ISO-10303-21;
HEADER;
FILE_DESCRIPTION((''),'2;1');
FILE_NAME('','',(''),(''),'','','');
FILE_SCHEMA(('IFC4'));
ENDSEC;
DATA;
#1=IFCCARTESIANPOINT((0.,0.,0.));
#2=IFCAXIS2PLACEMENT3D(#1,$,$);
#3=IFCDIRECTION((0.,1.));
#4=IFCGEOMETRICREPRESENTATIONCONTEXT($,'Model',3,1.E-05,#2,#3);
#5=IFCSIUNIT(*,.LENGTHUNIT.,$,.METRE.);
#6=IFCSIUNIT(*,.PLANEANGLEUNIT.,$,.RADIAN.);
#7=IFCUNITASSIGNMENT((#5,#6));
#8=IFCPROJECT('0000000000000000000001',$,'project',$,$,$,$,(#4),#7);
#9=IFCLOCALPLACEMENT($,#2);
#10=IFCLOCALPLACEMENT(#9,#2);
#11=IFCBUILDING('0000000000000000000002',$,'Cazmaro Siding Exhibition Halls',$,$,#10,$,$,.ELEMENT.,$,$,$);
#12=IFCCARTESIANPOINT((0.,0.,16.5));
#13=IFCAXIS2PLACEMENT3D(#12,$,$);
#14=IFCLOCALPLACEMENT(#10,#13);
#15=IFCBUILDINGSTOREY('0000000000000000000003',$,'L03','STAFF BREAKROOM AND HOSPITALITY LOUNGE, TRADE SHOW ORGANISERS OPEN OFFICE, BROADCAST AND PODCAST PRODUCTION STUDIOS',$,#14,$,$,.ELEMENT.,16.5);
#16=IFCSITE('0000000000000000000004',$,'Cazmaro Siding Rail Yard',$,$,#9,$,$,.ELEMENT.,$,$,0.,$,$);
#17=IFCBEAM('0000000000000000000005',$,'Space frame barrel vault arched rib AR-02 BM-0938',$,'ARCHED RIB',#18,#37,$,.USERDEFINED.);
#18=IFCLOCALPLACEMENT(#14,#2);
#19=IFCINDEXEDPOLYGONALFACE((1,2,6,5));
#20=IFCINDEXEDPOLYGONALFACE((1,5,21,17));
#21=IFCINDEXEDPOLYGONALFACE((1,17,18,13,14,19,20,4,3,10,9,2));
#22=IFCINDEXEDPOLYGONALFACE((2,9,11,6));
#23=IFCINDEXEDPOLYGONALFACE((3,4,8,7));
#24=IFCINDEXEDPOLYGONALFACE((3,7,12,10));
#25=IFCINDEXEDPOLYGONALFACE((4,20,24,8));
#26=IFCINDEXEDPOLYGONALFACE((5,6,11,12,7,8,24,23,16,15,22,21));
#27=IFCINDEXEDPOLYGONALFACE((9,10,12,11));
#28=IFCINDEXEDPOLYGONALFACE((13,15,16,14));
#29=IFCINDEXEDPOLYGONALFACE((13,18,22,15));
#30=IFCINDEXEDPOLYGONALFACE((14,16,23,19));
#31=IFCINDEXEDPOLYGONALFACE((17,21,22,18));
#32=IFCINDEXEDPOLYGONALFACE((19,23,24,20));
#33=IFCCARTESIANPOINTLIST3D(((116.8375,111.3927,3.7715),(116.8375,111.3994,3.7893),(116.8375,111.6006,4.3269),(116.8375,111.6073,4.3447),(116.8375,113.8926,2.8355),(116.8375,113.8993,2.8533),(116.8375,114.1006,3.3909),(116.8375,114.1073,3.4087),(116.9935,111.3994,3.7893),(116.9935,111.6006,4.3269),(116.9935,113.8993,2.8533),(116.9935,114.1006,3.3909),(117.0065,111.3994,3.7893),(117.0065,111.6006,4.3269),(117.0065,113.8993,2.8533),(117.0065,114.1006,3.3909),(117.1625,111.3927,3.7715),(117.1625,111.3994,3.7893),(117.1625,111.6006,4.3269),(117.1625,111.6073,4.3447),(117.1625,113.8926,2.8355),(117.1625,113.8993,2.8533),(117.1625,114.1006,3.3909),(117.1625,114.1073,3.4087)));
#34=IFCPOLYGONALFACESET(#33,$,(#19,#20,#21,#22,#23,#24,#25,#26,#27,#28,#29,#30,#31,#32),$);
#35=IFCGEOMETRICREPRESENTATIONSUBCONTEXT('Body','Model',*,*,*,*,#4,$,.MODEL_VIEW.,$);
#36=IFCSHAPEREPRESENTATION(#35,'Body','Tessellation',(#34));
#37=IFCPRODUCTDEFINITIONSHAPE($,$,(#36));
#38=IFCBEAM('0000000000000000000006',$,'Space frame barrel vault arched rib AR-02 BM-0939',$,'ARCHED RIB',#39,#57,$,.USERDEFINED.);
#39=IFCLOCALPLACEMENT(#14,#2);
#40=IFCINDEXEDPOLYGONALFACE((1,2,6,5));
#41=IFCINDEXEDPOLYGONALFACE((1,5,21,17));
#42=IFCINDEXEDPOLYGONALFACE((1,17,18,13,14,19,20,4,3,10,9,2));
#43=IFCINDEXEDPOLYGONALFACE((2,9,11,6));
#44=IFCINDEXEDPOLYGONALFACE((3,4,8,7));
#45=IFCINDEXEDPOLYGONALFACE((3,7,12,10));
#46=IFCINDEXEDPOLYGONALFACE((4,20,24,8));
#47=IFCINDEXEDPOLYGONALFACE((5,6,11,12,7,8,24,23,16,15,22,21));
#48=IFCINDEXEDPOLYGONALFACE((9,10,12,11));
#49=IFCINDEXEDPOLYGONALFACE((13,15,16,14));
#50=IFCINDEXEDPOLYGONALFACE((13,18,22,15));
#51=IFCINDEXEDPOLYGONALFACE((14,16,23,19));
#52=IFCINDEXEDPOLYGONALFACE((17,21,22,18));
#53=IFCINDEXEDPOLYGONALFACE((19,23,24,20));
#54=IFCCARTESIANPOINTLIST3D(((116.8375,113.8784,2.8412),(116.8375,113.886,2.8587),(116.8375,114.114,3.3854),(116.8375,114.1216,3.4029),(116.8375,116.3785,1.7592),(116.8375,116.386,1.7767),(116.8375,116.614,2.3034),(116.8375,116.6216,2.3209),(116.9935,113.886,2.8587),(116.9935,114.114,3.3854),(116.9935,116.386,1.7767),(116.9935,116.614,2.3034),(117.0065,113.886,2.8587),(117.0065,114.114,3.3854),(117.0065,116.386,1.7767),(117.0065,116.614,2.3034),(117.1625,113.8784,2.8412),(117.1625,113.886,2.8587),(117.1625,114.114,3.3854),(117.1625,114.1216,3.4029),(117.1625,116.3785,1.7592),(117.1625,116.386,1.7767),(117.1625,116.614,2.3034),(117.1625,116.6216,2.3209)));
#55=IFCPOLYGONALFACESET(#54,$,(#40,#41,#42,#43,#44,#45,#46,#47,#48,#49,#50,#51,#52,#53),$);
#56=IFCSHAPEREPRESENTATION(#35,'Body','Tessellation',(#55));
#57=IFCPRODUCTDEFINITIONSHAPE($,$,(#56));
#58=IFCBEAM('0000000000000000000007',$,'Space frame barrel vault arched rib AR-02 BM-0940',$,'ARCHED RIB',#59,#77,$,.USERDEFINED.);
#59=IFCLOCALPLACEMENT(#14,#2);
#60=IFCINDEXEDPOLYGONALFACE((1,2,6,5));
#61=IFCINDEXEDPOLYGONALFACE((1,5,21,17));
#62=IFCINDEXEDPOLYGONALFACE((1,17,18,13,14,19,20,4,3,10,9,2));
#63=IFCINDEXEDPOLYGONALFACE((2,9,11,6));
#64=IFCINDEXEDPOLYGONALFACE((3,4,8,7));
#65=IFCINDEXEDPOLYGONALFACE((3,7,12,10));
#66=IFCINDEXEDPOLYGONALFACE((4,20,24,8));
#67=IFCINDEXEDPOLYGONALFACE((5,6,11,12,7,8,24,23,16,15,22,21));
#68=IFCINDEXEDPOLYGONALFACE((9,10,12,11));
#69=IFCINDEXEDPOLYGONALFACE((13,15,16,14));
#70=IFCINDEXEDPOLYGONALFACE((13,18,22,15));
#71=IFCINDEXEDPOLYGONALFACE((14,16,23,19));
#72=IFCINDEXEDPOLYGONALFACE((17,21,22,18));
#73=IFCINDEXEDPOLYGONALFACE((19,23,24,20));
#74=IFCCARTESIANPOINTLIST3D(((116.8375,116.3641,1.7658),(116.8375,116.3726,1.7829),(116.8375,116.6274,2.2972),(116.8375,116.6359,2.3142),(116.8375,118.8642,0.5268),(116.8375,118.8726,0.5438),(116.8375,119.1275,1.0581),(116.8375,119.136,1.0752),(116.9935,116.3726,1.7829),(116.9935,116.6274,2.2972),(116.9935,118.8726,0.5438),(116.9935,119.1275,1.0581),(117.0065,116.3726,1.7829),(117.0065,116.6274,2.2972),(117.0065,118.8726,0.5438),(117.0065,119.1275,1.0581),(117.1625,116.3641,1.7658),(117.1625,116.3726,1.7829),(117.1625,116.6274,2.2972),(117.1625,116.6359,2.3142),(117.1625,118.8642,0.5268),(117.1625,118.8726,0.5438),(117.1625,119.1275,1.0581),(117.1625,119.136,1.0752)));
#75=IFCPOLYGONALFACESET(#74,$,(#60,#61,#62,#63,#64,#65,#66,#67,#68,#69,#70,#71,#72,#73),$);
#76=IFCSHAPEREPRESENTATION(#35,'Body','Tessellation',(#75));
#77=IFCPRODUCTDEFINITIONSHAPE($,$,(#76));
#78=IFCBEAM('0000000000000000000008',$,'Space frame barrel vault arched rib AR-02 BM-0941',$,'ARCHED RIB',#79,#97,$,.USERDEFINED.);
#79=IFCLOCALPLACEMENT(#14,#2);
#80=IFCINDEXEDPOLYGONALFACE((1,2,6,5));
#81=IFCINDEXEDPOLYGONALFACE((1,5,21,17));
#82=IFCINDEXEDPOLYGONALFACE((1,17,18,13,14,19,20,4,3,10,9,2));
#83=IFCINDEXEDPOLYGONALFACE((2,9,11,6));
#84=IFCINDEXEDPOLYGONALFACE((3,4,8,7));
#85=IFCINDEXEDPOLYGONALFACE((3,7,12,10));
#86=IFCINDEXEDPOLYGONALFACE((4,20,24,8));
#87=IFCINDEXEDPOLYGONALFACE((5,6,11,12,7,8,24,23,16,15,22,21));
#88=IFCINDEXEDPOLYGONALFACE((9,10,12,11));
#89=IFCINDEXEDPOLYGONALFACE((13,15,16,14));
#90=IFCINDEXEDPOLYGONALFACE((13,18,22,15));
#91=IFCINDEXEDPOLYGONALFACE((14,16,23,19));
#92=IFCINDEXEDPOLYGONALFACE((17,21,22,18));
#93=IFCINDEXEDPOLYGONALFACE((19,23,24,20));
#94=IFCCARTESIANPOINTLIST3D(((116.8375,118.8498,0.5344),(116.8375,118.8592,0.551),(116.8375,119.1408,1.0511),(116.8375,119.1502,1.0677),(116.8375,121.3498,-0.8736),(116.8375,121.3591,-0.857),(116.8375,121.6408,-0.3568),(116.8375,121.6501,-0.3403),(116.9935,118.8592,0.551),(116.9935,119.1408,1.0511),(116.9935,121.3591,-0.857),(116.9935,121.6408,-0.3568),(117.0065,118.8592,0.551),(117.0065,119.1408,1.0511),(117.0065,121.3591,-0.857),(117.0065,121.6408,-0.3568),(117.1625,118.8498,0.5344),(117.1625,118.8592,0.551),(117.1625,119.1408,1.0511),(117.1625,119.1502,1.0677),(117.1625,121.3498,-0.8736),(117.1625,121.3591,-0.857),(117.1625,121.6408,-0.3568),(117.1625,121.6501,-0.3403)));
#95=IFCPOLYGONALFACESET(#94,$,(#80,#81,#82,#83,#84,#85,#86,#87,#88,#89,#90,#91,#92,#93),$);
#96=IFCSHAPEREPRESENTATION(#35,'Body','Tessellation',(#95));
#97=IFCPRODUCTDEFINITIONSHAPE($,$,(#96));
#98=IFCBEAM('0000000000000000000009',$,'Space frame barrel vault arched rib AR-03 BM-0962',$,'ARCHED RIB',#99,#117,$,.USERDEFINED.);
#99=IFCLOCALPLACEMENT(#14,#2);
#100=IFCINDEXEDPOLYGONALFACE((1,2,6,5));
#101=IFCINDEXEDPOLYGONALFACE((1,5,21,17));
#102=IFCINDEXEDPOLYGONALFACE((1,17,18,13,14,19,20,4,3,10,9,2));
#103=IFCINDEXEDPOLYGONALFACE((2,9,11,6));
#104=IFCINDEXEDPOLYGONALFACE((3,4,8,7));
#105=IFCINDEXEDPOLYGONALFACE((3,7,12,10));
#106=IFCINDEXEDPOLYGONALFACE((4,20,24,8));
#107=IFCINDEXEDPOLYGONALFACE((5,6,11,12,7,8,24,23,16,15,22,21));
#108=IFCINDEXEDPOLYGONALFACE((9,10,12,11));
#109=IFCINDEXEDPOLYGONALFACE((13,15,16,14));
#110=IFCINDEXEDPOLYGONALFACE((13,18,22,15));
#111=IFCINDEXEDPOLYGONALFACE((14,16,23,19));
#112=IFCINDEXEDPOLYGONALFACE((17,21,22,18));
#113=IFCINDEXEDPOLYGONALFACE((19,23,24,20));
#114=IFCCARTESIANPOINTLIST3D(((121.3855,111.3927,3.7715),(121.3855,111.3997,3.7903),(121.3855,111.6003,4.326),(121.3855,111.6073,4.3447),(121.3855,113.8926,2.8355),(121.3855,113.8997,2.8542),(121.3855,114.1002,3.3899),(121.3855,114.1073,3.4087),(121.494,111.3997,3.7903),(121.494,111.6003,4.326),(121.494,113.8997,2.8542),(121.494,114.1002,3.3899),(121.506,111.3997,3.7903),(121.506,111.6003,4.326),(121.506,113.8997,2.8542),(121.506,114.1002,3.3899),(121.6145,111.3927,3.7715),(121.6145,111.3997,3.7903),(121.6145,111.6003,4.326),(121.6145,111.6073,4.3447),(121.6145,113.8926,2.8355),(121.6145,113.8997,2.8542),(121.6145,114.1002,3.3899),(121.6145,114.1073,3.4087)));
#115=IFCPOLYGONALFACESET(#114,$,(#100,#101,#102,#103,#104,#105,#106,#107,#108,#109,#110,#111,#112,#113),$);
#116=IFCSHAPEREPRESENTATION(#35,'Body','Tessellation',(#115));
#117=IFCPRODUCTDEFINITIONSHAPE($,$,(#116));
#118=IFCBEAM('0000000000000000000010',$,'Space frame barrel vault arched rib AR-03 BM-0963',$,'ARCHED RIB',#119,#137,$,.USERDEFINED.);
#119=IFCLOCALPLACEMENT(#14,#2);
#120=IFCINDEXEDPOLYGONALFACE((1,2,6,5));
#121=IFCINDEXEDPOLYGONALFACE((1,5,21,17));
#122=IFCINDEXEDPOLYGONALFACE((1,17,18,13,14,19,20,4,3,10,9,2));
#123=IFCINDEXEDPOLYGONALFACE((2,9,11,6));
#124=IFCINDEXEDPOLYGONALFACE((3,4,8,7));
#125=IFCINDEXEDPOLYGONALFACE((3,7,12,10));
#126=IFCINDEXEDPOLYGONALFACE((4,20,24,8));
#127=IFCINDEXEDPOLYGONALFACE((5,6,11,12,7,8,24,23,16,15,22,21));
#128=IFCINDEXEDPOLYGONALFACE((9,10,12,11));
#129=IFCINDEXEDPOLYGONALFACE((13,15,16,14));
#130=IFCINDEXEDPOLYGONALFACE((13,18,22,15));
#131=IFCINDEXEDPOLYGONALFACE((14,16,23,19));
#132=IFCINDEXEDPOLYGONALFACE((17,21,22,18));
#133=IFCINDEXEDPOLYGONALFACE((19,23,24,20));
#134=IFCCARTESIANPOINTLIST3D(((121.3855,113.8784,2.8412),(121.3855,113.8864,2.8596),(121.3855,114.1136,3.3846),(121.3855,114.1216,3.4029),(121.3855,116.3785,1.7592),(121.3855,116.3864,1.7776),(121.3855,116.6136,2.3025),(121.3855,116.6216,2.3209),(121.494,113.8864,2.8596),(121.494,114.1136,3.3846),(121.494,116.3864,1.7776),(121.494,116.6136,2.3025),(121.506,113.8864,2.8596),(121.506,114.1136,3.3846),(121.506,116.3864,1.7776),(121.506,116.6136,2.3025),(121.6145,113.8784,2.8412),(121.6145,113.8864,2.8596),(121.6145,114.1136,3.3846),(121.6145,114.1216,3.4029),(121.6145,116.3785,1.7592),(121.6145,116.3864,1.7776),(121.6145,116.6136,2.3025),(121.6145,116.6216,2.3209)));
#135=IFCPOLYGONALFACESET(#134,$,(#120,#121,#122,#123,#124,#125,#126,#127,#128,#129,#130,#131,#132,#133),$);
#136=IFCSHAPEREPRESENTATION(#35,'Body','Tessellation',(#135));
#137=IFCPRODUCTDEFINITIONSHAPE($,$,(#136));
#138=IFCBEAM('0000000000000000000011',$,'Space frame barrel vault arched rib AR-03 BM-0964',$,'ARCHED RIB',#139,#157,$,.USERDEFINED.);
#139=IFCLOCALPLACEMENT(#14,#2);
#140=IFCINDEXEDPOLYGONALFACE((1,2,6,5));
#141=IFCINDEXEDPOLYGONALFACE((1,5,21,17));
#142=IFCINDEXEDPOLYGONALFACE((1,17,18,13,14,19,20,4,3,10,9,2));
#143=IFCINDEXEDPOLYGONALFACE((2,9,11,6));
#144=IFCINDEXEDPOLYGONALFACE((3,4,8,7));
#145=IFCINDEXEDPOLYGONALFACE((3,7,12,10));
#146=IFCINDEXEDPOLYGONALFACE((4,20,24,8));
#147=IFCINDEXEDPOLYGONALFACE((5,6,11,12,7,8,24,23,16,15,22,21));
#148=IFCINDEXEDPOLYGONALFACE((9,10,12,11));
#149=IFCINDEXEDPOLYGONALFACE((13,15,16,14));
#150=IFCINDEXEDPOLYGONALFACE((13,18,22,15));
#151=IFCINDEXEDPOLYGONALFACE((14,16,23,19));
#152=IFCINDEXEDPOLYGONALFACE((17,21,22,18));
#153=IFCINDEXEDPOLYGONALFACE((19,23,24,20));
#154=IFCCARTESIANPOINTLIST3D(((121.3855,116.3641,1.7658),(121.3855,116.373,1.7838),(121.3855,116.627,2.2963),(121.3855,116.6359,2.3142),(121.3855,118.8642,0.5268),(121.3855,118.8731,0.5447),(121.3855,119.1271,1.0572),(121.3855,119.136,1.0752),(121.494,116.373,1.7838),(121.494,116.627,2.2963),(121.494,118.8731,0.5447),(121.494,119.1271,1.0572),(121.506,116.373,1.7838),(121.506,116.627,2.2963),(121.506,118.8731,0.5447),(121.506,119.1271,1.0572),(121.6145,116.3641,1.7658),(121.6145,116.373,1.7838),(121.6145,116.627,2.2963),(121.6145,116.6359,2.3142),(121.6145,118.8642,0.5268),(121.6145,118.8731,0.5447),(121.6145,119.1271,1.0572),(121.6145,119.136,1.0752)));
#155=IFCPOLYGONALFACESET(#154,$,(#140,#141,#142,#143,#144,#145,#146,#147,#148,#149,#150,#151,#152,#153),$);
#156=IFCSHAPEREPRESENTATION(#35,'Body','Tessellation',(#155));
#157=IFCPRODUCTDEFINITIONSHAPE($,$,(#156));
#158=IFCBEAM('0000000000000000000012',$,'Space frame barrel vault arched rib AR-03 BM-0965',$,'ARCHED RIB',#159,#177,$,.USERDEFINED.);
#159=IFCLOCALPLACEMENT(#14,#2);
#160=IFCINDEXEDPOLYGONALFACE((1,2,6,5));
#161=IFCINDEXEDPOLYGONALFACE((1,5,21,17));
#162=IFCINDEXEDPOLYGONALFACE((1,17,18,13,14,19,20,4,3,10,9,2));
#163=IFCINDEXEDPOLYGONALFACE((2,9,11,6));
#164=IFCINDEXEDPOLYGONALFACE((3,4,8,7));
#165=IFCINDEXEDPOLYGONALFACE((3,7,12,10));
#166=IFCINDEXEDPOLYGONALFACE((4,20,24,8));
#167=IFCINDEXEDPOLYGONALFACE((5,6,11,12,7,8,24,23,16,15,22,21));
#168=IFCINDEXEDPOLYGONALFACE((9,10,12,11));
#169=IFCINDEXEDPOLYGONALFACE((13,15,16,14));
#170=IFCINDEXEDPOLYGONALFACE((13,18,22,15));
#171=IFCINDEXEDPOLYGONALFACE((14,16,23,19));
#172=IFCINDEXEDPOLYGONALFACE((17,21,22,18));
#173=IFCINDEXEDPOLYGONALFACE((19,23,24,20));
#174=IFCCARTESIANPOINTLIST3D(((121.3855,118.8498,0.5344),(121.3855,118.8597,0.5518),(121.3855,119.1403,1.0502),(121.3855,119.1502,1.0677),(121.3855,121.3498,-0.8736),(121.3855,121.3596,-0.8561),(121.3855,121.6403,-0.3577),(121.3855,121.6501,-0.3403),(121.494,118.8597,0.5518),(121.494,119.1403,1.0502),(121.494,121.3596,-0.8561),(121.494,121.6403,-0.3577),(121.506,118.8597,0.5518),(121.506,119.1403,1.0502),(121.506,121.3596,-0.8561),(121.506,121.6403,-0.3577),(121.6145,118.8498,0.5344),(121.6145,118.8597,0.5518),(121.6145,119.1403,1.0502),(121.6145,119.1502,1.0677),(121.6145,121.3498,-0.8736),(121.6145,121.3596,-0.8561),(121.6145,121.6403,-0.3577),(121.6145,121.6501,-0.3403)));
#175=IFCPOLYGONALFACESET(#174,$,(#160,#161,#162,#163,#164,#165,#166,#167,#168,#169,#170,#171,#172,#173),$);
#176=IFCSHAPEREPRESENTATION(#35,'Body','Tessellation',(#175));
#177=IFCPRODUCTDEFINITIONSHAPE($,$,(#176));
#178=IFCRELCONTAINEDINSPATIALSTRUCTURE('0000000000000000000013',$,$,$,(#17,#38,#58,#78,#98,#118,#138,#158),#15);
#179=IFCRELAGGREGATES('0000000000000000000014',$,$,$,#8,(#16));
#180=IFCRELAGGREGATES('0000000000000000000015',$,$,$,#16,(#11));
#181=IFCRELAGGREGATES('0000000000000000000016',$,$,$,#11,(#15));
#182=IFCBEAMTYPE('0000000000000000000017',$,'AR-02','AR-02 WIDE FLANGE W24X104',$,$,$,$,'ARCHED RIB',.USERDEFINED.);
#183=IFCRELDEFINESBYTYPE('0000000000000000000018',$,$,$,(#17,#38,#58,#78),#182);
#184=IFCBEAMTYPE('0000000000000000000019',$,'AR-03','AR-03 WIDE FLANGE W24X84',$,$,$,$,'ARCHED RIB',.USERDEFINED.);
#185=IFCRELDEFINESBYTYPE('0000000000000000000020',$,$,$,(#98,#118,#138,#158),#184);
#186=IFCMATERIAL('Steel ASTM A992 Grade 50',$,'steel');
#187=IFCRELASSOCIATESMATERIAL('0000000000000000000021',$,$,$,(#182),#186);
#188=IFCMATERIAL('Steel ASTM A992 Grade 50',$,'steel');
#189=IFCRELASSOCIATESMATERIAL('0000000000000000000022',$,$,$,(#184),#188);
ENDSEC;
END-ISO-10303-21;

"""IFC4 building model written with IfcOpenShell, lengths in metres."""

from ifc_helpers import new_model, si_unit, direction, frame, origin, origin_2d, place, context, subcontext, project, spatial, i_section, extrude, material, material_profile, profile_set, type_object, element, save


model = new_model("IFC4")

# Units and contexts
model_context = context("Model", 3, precision=1e-05, world=origin(), true_north=direction((0.0, 1.0)))
body_context = subcontext(model_context, "Body", "Model", "MODEL_VIEW")
ifc_project = project(units=[si_unit("LENGTHUNIT", "METRE"), si_unit("PLANEANGLEUNIT", "RADIAN")], contexts=[model_context])

# Site, building, storey
site_placement = place(None, origin())
site = spatial("IfcSite", under=ifc_project, at=site_placement, Name="Cazmaro Siding Rail Yard", CompositionType="ELEMENT", RefElevation=0.0)
building_placement = place(site_placement, origin())
building = spatial("IfcBuilding", under=site, at=building_placement, Name="Cazmaro Siding Exhibition Halls", CompositionType="ELEMENT")
storey_placement = place(building_placement, frame((0.0, 0.0, 16.5)))
storey = spatial("IfcBuildingStorey", under=building, at=storey_placement, Name="L03", Description="STAFF BREAKROOM AND HOSPITALITY LOUNGE, TRADE SHOW ORGANISERS OPEN OFFICE, BROADCAST AND PODCAST PRODUCTION STUDIOS", CompositionType="ELEMENT", Elevation=16.5)

# Beams
ifc_material_1 = material(Name="Steel ASTM A992 Grade 50", Category="steel")
ifc_material_profile_1 = material_profile(ifc_material_1, i_section(OverallWidth=0.325, OverallDepth=0.6121, WebThickness=0.0129, FlangeThickness=0.019, at=origin_2d()), Name="W24X104")
ifc_profile_set_1 = profile_set([ifc_material_profile_1], Name="Steel ASTM A992 Grade 50")
beam_type_1 = type_object("IfcBeamType", Name="AR-02", Description="AR-02 WIDE FLANGE W24X104", ElementType="ARCHED RIB", PredefinedType="USERDEFINED", material=ifc_profile_set_1)
beam_1_placement = place(storey_placement, frame((117.0, 111.5, 4.0581), z_axis=(0.0, 0.936509, -0.350642), x_axis=(-1.0, 0.0, 0.0)))
element("IfcBeam", 1, at=beam_1_placement, inside=storey, type_object=beam_type_1, Name="Space frame barrel vault arched rib AR-02 BM-0938", ObjectType="ARCHED RIB", PredefinedType="USERDEFINED", context=body_context, shape_type="SweptSolid", body=[
    extrude(i_section(OverallWidth=0.325, OverallDepth=0.6121, WebThickness=0.0129, FlangeThickness=0.019, at=origin_2d()), origin(), (0.0, 0.0, 1.0), 2.6694),
])
beam_2_placement = place(storey_placement, frame((117.0, 114.0, 3.1221), z_axis=(0.0, 0.91773, -0.397205), x_axis=(-1.0, 0.0, 0.0)))
element("IfcBeam", 2, at=beam_2_placement, inside=storey, type_object=beam_type_1, Name="Space frame barrel vault arched rib AR-02 BM-0939", ObjectType="ARCHED RIB", PredefinedType="USERDEFINED", context=body_context, shape_type="SweptSolid", body=[
    extrude(i_section(OverallWidth=0.325, OverallDepth=0.6121, WebThickness=0.0129, FlangeThickness=0.019, at=origin_2d()), origin(), (0.0, 0.0, 1.0), 2.7241),
])
beam_3_placement = place(storey_placement, frame((117.0, 116.5, 2.04), z_axis=(0.0, 0.895997, -0.444061), x_axis=(-1.0, 0.0, 0.0)))
element("IfcBeam", 3, at=beam_3_placement, inside=storey, type_object=beam_type_1, Name="Space frame barrel vault arched rib AR-02 BM-0940", ObjectType="ARCHED RIB", PredefinedType="USERDEFINED", context=body_context, shape_type="SweptSolid", body=[
    extrude(i_section(OverallWidth=0.325, OverallDepth=0.6121, WebThickness=0.0129, FlangeThickness=0.019, at=origin_2d()), origin(), (0.0, 0.0, 1.0), 2.7903),
])
beam_4_placement = place(storey_placement, frame((117.0, 119.0, 0.801), z_axis=(0.0, 0.871321, -0.490714), x_axis=(-1.0, 0.0, 0.0)))
element("IfcBeam", 4, at=beam_4_placement, inside=storey, type_object=beam_type_1, Name="Space frame barrel vault arched rib AR-02 BM-0941", ObjectType="ARCHED RIB", PredefinedType="USERDEFINED", context=body_context, shape_type="SweptSolid", body=[
    extrude(i_section(OverallWidth=0.325, OverallDepth=0.6121, WebThickness=0.0129, FlangeThickness=0.019, at=origin_2d()), origin(), (0.0, 0.0, 1.0), 2.8691),
])
ifc_material_2 = material(Name="Steel ASTM A992 Grade 50", Category="steel")
ifc_material_profile_2 = material_profile(ifc_material_2, i_section(OverallWidth=0.229, OverallDepth=0.6121, WebThickness=0.012, FlangeThickness=0.02, at=origin_2d()), Name="W24X84")
ifc_profile_set_2 = profile_set([ifc_material_profile_2], Name="Steel ASTM A992 Grade 50")
beam_type_2 = type_object("IfcBeamType", Name="AR-03", Description="AR-03 WIDE FLANGE W24X84", ElementType="ARCHED RIB", PredefinedType="USERDEFINED", material=ifc_profile_set_2)
beam_5_placement = place(storey_placement, frame((121.5, 111.5, 4.0581), z_axis=(0.0, 0.936509, -0.350642), x_axis=(-1.0, 0.0, 0.0)))
element("IfcBeam", 5, at=beam_5_placement, inside=storey, type_object=beam_type_2, Name="Space frame barrel vault arched rib AR-03 BM-0962", ObjectType="ARCHED RIB", PredefinedType="USERDEFINED", context=body_context, shape_type="SweptSolid", body=[
    extrude(i_section(OverallWidth=0.229, OverallDepth=0.6121, WebThickness=0.012, FlangeThickness=0.02, at=origin_2d()), origin(), (0.0, 0.0, 1.0), 2.6694),
])
beam_6_placement = place(storey_placement, frame((121.5, 114.0, 3.1221), z_axis=(0.0, 0.91773, -0.397205), x_axis=(-1.0, 0.0, 0.0)))
element("IfcBeam", 6, at=beam_6_placement, inside=storey, type_object=beam_type_2, Name="Space frame barrel vault arched rib AR-03 BM-0963", ObjectType="ARCHED RIB", PredefinedType="USERDEFINED", context=body_context, shape_type="SweptSolid", body=[
    extrude(i_section(OverallWidth=0.229, OverallDepth=0.6121, WebThickness=0.012, FlangeThickness=0.02, at=origin_2d()), origin(), (0.0, 0.0, 1.0), 2.7241),
])
beam_7_placement = place(storey_placement, frame((121.5, 116.5, 2.04), z_axis=(0.0, 0.895997, -0.444061), x_axis=(-1.0, 0.0, 0.0)))
element("IfcBeam", 7, at=beam_7_placement, inside=storey, type_object=beam_type_2, Name="Space frame barrel vault arched rib AR-03 BM-0964", ObjectType="ARCHED RIB", PredefinedType="USERDEFINED", context=body_context, shape_type="SweptSolid", body=[
    extrude(i_section(OverallWidth=0.229, OverallDepth=0.6121, WebThickness=0.012, FlangeThickness=0.02, at=origin_2d()), origin(), (0.0, 0.0, 1.0), 2.7903),
])
beam_8_placement = place(storey_placement, frame((121.5, 119.0, 0.801), z_axis=(0.0, 0.871321, -0.490714), x_axis=(-1.0, 0.0, 0.0)))
element("IfcBeam", 8, at=beam_8_placement, inside=storey, type_object=beam_type_2, Name="Space frame barrel vault arched rib AR-03 BM-0965", ObjectType="ARCHED RIB", PredefinedType="USERDEFINED", context=body_context, shape_type="SweptSolid", body=[
    extrude(i_section(OverallWidth=0.229, OverallDepth=0.6121, WebThickness=0.012, FlangeThickness=0.02, at=origin_2d()), origin(), (0.0, 0.0, 1.0), 2.8691),
])

save(model, "model.ifc")
